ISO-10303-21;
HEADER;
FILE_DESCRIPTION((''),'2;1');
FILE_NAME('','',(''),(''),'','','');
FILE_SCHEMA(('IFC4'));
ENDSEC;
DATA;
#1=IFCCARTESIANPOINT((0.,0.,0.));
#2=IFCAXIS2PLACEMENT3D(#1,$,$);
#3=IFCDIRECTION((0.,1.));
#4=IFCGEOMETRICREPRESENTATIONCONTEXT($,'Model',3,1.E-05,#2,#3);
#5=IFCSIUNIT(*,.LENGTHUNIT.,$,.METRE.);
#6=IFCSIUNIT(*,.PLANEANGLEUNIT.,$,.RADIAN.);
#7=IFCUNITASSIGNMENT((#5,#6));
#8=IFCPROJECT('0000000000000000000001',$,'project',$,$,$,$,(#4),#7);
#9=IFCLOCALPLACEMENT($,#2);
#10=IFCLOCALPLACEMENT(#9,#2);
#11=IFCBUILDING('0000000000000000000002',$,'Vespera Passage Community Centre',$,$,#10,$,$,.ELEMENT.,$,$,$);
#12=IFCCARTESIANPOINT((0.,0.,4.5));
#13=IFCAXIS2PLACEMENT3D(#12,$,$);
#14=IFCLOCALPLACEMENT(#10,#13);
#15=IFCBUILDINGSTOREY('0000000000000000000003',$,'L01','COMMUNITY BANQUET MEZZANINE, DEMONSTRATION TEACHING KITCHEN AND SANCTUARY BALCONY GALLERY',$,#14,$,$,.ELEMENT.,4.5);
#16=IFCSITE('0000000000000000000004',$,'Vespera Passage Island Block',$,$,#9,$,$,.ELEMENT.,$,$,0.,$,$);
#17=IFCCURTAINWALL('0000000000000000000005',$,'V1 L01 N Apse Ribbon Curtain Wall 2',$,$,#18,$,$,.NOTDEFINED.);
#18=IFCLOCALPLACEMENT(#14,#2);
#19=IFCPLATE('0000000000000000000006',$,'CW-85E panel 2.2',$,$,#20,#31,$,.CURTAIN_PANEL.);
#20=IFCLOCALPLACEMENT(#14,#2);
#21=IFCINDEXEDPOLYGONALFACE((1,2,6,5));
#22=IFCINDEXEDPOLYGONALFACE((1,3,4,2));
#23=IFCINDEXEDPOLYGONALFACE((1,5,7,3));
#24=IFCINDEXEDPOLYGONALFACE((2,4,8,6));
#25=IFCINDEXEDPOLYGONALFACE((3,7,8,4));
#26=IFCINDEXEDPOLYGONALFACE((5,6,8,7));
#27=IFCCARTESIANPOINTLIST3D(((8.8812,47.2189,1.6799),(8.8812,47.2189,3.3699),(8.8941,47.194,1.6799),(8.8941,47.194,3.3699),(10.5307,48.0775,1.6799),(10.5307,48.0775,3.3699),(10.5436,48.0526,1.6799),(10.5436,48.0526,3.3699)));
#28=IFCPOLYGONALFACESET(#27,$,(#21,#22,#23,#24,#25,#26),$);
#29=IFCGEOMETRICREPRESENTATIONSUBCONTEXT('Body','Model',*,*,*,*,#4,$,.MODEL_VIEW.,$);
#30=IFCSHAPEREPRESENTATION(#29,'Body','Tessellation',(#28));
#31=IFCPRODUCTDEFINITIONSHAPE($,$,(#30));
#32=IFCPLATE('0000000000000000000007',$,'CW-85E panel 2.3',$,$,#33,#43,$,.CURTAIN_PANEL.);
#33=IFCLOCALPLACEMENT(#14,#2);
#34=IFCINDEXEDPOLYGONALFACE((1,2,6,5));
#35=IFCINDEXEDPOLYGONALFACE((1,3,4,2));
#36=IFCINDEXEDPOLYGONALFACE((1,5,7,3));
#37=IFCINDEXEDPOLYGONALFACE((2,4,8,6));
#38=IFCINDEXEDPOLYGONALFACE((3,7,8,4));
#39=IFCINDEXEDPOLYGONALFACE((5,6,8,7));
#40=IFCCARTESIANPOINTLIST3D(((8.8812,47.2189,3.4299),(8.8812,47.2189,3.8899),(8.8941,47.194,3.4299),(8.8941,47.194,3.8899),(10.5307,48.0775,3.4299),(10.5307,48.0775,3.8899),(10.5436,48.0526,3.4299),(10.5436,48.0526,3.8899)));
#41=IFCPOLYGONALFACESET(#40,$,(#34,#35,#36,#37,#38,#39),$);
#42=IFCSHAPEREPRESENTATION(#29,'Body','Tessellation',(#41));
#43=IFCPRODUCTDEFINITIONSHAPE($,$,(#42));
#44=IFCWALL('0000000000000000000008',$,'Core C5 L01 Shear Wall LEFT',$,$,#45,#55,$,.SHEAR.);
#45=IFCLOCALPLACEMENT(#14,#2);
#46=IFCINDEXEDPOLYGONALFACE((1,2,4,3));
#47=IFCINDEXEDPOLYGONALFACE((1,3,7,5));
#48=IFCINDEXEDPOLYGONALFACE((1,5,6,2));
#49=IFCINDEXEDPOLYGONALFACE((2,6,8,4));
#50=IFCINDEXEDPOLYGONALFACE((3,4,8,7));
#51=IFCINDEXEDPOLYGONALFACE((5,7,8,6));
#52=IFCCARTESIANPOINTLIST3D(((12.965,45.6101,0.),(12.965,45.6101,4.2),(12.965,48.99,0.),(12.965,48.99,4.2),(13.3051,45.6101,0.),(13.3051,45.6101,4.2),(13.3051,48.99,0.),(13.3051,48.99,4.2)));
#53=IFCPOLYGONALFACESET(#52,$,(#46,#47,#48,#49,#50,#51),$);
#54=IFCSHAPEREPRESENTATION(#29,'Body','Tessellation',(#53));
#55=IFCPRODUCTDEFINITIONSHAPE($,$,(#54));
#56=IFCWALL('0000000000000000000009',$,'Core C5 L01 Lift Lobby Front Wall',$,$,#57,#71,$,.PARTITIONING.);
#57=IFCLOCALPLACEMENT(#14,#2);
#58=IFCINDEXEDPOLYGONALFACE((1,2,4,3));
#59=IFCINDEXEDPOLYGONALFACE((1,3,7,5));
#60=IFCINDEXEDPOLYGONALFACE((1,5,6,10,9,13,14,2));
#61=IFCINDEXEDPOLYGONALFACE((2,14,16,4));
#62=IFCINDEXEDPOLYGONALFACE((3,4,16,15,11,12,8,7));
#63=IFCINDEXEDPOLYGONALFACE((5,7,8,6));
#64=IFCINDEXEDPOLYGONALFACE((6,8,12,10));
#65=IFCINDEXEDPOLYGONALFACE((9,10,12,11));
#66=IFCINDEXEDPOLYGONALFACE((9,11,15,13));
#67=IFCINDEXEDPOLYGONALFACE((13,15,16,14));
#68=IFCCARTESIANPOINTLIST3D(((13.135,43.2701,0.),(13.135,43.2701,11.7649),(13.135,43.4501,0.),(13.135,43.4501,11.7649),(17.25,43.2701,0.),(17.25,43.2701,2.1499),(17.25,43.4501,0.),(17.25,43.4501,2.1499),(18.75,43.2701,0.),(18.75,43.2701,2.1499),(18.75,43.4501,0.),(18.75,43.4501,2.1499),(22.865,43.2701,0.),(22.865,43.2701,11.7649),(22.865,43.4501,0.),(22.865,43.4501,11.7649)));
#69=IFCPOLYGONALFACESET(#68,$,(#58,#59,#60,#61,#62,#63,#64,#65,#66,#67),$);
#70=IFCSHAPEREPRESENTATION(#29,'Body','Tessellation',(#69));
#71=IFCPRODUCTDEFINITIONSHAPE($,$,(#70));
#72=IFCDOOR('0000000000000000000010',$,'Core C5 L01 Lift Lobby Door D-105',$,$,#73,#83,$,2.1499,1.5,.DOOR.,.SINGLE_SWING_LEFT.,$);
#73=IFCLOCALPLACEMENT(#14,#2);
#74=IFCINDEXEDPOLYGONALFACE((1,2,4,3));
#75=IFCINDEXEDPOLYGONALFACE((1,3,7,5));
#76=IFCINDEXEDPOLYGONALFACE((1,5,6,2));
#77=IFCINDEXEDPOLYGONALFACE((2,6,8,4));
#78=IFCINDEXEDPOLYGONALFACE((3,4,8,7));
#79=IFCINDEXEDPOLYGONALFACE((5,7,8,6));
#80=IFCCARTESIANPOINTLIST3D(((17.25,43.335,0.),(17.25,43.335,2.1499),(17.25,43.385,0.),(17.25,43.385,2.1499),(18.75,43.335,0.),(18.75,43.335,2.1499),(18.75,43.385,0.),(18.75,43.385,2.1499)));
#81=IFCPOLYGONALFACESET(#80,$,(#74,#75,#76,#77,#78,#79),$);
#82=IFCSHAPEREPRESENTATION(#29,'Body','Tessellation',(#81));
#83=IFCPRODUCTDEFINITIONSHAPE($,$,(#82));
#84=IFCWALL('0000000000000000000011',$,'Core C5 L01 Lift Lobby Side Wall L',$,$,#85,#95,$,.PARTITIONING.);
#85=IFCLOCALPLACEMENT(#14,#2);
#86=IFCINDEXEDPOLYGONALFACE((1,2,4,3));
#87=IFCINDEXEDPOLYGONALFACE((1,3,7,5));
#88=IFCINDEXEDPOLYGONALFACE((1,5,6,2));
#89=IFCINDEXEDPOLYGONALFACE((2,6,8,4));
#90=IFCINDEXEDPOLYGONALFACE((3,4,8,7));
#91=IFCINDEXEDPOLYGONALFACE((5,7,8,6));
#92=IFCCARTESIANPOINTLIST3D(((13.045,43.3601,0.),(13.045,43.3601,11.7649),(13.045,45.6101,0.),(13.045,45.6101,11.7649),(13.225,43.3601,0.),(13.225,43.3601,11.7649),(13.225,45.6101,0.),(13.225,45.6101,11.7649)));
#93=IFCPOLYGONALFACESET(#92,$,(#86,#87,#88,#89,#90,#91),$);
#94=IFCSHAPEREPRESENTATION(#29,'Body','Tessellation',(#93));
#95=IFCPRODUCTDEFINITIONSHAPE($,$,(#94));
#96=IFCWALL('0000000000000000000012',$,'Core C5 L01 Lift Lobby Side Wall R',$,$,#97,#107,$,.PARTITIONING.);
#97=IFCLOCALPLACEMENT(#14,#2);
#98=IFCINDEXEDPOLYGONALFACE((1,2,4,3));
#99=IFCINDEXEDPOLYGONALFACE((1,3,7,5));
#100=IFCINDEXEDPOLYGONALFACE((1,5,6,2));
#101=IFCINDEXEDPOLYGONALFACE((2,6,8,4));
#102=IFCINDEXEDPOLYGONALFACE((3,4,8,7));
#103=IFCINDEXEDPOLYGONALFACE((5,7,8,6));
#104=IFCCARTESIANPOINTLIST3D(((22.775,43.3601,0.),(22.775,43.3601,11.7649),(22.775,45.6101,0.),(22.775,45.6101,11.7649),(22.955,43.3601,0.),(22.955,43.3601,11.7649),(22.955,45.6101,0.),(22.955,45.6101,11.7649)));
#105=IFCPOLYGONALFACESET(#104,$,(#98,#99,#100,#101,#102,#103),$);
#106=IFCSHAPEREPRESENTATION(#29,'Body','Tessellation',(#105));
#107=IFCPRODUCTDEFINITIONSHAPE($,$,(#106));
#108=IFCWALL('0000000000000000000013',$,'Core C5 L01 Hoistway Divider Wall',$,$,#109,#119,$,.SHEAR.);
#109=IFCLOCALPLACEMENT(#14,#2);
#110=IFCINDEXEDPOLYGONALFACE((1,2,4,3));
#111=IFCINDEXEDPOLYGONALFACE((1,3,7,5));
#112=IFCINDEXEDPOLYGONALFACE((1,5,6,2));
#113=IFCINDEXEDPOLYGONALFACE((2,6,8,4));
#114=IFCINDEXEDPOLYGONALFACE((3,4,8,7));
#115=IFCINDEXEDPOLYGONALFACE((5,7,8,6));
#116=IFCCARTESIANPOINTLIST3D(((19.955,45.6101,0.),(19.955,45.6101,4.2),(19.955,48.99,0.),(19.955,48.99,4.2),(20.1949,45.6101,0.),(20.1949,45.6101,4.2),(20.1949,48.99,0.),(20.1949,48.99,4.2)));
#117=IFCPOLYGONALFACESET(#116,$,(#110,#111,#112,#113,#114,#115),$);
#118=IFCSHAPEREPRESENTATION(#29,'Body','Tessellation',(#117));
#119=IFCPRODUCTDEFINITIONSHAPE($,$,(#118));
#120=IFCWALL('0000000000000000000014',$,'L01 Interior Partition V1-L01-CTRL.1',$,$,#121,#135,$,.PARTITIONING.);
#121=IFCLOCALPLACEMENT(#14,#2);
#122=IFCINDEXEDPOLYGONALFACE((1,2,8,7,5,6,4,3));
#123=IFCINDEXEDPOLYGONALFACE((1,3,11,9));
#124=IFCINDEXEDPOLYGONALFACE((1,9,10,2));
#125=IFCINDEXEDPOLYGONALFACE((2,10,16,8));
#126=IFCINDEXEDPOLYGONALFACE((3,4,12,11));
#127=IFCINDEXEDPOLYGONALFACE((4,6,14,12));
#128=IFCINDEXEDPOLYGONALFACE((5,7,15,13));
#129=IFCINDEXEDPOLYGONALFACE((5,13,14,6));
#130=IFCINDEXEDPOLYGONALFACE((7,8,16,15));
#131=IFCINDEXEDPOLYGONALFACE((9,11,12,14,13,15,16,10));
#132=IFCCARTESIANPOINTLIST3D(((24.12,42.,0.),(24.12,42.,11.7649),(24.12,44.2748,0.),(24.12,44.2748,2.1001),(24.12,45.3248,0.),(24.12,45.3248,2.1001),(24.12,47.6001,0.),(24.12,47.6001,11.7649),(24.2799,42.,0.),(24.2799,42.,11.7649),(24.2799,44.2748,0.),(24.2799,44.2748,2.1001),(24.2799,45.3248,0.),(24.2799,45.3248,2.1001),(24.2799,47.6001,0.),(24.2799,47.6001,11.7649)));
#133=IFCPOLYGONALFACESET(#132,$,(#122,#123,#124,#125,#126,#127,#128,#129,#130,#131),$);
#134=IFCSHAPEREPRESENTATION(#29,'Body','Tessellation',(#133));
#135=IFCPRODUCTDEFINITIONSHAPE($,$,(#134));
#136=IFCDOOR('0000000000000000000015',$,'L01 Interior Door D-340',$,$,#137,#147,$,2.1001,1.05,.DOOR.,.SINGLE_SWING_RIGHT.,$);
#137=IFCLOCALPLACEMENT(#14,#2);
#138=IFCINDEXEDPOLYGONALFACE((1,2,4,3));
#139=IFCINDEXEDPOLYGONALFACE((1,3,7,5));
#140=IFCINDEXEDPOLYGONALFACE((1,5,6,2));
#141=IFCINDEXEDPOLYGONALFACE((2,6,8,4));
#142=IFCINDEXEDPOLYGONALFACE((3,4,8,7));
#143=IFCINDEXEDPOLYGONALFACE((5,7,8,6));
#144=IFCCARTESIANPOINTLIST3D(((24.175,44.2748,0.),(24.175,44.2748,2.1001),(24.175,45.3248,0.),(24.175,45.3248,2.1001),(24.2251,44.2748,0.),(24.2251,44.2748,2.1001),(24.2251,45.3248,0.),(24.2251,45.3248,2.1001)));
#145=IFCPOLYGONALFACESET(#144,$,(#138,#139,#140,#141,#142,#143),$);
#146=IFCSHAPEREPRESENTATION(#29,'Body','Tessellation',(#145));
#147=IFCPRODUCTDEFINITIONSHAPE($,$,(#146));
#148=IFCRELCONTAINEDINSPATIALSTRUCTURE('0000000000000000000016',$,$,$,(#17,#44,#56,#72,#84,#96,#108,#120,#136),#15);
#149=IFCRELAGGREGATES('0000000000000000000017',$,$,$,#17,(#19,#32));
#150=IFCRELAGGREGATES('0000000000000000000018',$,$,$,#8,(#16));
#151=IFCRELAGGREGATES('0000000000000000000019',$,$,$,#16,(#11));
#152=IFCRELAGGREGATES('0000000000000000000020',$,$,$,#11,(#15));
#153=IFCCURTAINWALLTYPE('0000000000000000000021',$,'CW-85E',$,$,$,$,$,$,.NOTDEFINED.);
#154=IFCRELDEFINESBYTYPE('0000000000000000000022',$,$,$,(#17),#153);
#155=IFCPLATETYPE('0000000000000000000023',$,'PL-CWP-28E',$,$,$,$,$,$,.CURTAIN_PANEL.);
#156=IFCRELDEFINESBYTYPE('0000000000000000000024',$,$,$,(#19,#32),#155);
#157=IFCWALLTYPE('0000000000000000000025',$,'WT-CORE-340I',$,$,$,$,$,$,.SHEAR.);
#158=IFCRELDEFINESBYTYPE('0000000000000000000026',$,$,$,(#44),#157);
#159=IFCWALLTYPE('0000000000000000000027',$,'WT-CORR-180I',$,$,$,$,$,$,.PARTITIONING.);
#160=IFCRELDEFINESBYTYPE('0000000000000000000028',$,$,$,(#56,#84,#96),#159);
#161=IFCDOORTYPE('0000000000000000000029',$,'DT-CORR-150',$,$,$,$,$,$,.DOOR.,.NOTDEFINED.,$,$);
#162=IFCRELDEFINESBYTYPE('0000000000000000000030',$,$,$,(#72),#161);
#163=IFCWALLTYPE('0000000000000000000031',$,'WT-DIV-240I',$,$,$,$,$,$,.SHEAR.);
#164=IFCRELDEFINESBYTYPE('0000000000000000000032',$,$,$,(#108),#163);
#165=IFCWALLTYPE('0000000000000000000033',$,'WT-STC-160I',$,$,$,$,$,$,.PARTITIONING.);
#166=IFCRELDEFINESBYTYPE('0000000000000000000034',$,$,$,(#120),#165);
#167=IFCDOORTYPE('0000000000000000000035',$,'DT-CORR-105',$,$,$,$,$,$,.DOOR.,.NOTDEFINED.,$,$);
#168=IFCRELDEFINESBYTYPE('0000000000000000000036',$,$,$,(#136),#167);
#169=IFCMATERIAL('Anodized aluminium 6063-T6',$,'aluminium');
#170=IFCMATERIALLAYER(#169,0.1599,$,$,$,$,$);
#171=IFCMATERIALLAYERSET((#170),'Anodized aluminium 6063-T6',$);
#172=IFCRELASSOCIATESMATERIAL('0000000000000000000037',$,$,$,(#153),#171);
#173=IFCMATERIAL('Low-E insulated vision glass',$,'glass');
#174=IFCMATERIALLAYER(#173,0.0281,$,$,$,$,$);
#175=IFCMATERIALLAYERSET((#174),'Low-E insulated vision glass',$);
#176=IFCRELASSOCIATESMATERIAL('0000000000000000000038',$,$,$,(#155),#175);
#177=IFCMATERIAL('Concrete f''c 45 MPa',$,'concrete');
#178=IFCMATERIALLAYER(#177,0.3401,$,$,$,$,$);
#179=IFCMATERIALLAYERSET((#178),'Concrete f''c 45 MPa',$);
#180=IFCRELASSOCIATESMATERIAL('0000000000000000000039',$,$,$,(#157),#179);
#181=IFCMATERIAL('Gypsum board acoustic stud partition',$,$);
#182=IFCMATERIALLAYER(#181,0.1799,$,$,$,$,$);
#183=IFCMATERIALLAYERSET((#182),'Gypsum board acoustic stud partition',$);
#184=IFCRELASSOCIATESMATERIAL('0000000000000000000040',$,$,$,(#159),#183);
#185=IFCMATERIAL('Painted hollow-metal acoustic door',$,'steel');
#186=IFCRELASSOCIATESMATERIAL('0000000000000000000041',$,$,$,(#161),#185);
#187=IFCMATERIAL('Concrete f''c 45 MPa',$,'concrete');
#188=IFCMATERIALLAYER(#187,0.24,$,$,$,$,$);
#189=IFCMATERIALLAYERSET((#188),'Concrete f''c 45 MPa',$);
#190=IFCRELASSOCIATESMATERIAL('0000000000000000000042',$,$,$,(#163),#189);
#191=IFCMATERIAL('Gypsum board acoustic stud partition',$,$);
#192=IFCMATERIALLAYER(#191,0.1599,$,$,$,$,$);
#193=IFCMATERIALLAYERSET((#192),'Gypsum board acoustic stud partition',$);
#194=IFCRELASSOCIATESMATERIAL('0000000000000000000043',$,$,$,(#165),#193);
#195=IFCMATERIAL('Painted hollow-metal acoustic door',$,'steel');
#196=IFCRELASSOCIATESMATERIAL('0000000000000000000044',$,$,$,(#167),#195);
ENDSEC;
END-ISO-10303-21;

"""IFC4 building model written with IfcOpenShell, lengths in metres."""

from ifc_helpers import new_model, si_unit, direction, frame, frame_2d, origin, origin_2d, place, context, subcontext, project, spatial, rectangle, extrude, material, layer, layer_set, type_object, element, fill, aggregate, save


model = new_model("IFC4")

# Units and contexts
model_context = context("Model", 3, precision=1e-05, world=origin(), true_north=direction((0.0, 1.0)))
body_context = subcontext(model_context, "Body", "Model", "MODEL_VIEW")
ifc_project = project(units=[si_unit("LENGTHUNIT", "METRE"), si_unit("PLANEANGLEUNIT", "RADIAN")], contexts=[model_context])

# Site, building, storey
site_placement = place(None, origin())
site = spatial("IfcSite", under=ifc_project, at=site_placement, Name="Vespera Passage Island Block", CompositionType="ELEMENT", RefElevation=0.0)
building_placement = place(site_placement, origin())
building = spatial("IfcBuilding", under=site, at=building_placement, Name="Vespera Passage Community Centre", CompositionType="ELEMENT")
storey_placement = place(building_placement, frame((0.0, 0.0, 4.5)))
storey = spatial("IfcBuildingStorey", under=building, at=storey_placement, Name="L01", Description="COMMUNITY BANQUET MEZZANINE, DEMONSTRATION TEACHING KITCHEN AND SANCTUARY BALCONY GALLERY", CompositionType="ELEMENT", Elevation=4.5)

# Curtain wall, plates
ifc_material_1 = material(Name="Anodized aluminium 6063-T6", Category="aluminium")
ifc_layer_1 = layer(ifc_material_1, 0.1599)
ifc_layer_set_1 = layer_set([ifc_layer_1], Name="Anodized aluminium 6063-T6")
curtain_wall_type = type_object("IfcCurtainWallType", Name="CW-85E", PredefinedType="NOTDEFINED", material=ifc_layer_set_1)
curtain_wall_placement = place(storey_placement, origin())
curtain_wall = element("IfcCurtainWall", 1, at=curtain_wall_placement, inside=storey, type_object=curtain_wall_type, Name="V1 L01 N Apse Ribbon Curtain Wall 2", PredefinedType="NOTDEFINED")
ifc_material_2 = material(Name="Low-E insulated vision glass", Category="glass")
ifc_layer_2 = layer(ifc_material_2, 0.0281)
ifc_layer_set_2 = layer_set([ifc_layer_2], Name="Low-E insulated vision glass")
plate_type = type_object("IfcPlateType", Name="PL-CWP-28E", PredefinedType="CURTAIN_PANEL", material=ifc_layer_set_2)
plate_1_placement = place(storey_placement, frame((9.7124, 47.6357, 1.6799), z_axis=(0.0, 0.0, 1.0), x_axis=(0.887013, 0.461745, 0.0)))
plate_1 = element("IfcPlate", 2, at=plate_1_placement, type_object=plate_type, Name="CW-85E panel 2.2", PredefinedType="CURTAIN_PANEL", context=body_context, shape_type="SweptSolid", body=[
    extrude(rectangle(XDim=1.8596, YDim=0.0281, at=origin_2d()), origin(), (0.0, 0.0, 1.0), 1.6899),
])
plate_2_placement = place(storey_placement, frame((9.7124, 47.6357, 3.4299), z_axis=(0.0, 0.0, 1.0), x_axis=(0.887013, 0.461745, 0.0)))
plate_2 = element("IfcPlate", 3, at=plate_2_placement, type_object=plate_type, Name="CW-85E panel 2.3", PredefinedType="CURTAIN_PANEL", context=body_context, shape_type="SweptSolid", body=[
    extrude(rectangle(XDim=1.8596, YDim=0.0281, at=origin_2d()), origin(), (0.0, 0.0, 1.0), 0.46),
])
aggregate(curtain_wall, [plate_1, plate_2])

# Shared definitions
ifc_material_3 = material(Name="Concrete f'c 45 MPa", Category="concrete")
ifc_layer_3 = layer(ifc_material_3, 0.3401)
ifc_layer_set_3 = layer_set([ifc_layer_3], Name="Concrete f'c 45 MPa")
wall_type_1 = type_object("IfcWallType", Name="WT-CORE-340I", PredefinedType="SHEAR", material=ifc_layer_set_3)

# Wall
wall_1_placement = place(storey_placement, frame((13.135, 45.6101, 0.0), z_axis=(0.0, 0.0, 1.0), x_axis=(0.0, 1.0, 0.0)))
element("IfcWall", 4, at=wall_1_placement, inside=storey, type_object=wall_type_1, Name="Core C5 L01 Shear Wall LEFT", PredefinedType="SHEAR", context=body_context, shape_type="SweptSolid", body=[
    extrude(rectangle(XDim=3.3799, YDim=0.3401, at=frame_2d((1.6899, 0.0))), origin(), (0.0, 0.0, 1.0), 4.2),
])

# Wall, opening, door
ifc_material_4 = material(Name="Gypsum board acoustic stud partition")
ifc_layer_4 = layer(ifc_material_4, 0.1799)
ifc_layer_set_4 = layer_set([ifc_layer_4], Name="Gypsum board acoustic stud partition")
wall_type_2 = type_object("IfcWallType", Name="WT-CORR-180I", PredefinedType="PARTITIONING", material=ifc_layer_set_4)
wall_2_placement = place(storey_placement, frame((13.135, 43.3601, 0.0), z_axis=(0.0, 0.0, 1.0), x_axis=(1.0, 0.0, 0.0)))
wall_2 = element("IfcWall", 5, at=wall_2_placement, inside=storey, type_object=wall_type_2, Name="Core C5 L01 Lift Lobby Front Wall", PredefinedType="PARTITIONING", context=body_context, shape_type="SweptSolid", body=[
    extrude(rectangle(XDim=9.73, YDim=0.1799, at=frame_2d((4.865, 0.0))), origin(), (0.0, 0.0, 1.0), 11.7649),
])
opening_1_placement = place(wall_2_placement, frame((4.115, 0.0, 0.0)))
opening_1 = element("IfcOpeningElement", 6, at=opening_1_placement, cuts=wall_2, PredefinedType="OPENING", context=body_context, shape_type="SweptSolid", body=[
    extrude(rectangle(XDim=1.5, YDim=2.1499, at=frame_2d((0.75, 1.075))), frame((0.0, 0.0999, 0.0), z_axis=(0.0, -1.0, 0.0), x_axis=(1.0, 0.0, 0.0)), (0.0, 0.0, 1.0), 0.2),
])
ifc_material_5 = material(Name="Painted hollow-metal acoustic door", Category="steel")
door_type_1 = type_object("IfcDoorType", Name="DT-CORR-150", OperationType="NOTDEFINED", PredefinedType="DOOR", material=ifc_material_5)
door_1_placement = place(opening_1_placement, origin())
door_1 = element("IfcDoor", 7, at=door_1_placement, inside=storey, type_object=door_type_1, Name="Core C5 L01 Lift Lobby Door D-105", OperationType="SINGLE_SWING_LEFT", OverallHeight=2.1499, OverallWidth=1.5, PredefinedType="DOOR", context=body_context, shape_type="SweptSolid", body=[
    extrude(rectangle(XDim=1.5, YDim=2.1499, at=frame_2d((0.75, 1.075))), frame((0.0, 0.0249, 0.0), z_axis=(0.0, -1.0, 0.0), x_axis=(1.0, 0.0, 0.0)), (0.0, 0.0, 1.0), 0.05),
])
fill(opening_1, door_1)

# Walls
for number, where, z_axis, x_axis, name in (
    (8, (13.135, 45.6101, 0.0), (0.0, 0.0, 1.0), (0.0, -1.0, 0.0), "Core C5 L01 Lift Lobby Side Wall L"),
    (9, (22.865, 45.6101, 0.0), (0.0, 0.0, 1.0), (0.0, -1.0, 0.0), "Core C5 L01 Lift Lobby Side Wall R"),
):
    element("IfcWall", number, at=place(storey_placement, frame(where, z_axis=z_axis, x_axis=x_axis)), inside=storey, type_object=wall_type_2, Name=name, PredefinedType="PARTITIONING", context=body_context, shape_type="SweptSolid", body=[
        extrude(rectangle(XDim=2.25, YDim=0.1799, at=frame_2d((1.125, 0.0))), origin(), (0.0, 0.0, 1.0), 11.7649),
    ])
ifc_material_6 = material(Name="Concrete f'c 45 MPa", Category="concrete")
ifc_layer_5 = layer(ifc_material_6, 0.24)
ifc_layer_set_5 = layer_set([ifc_layer_5], Name="Concrete f'c 45 MPa")
wall_type_3 = type_object("IfcWallType", Name="WT-DIV-240I", PredefinedType="SHEAR", material=ifc_layer_set_5)
wall_3_placement = place(storey_placement, frame((20.075, 45.6101, 0.0), z_axis=(0.0, 0.0, 1.0), x_axis=(0.0, 1.0, 0.0)))
element("IfcWall", 10, at=wall_3_placement, inside=storey, type_object=wall_type_3, Name="Core C5 L01 Hoistway Divider Wall", PredefinedType="SHEAR", context=body_context, shape_type="SweptSolid", body=[
    extrude(rectangle(XDim=3.3799, YDim=0.24, at=frame_2d((1.6899, 0.0))), origin(), (0.0, 0.0, 1.0), 4.2),
])

# Wall, opening, door
ifc_material_7 = material(Name="Gypsum board acoustic stud partition")
ifc_layer_6 = layer(ifc_material_7, 0.1599)
ifc_layer_set_6 = layer_set([ifc_layer_6], Name="Gypsum board acoustic stud partition")
wall_type_4 = type_object("IfcWallType", Name="WT-STC-160I", PredefinedType="PARTITIONING", material=ifc_layer_set_6)
wall_4_placement = place(storey_placement, frame((24.2, 42.0, 0.0), z_axis=(0.0, 0.0, 1.0), x_axis=(0.0, 1.0, 0.0)))
wall_4 = element("IfcWall", 11, at=wall_4_placement, inside=storey, type_object=wall_type_4, Name="L01 Interior Partition V1-L01-CTRL.1", PredefinedType="PARTITIONING", context=body_context, shape_type="SweptSolid", body=[
    extrude(rectangle(XDim=5.6001, YDim=0.1599, at=frame_2d((2.8, 0.0))), origin(), (0.0, 0.0, 1.0), 11.7649),
])
opening_2_placement = place(wall_4_placement, frame((2.2749, 0.0, 0.0)))
opening_2 = element("IfcOpeningElement", 12, at=opening_2_placement, cuts=wall_4, PredefinedType="OPENING", context=body_context, shape_type="SweptSolid", body=[
    extrude(rectangle(XDim=1.05, YDim=2.1001, at=frame_2d((0.5249, 1.05))), frame((0.0, 0.0901, 0.0), z_axis=(0.0, -1.0, 0.0), x_axis=(1.0, 0.0, 0.0)), (0.0, 0.0, 1.0), 0.1799),
])
ifc_material_8 = material(Name="Painted hollow-metal acoustic door", Category="steel")
door_type_2 = type_object("IfcDoorType", Name="DT-CORR-105", OperationType="NOTDEFINED", PredefinedType="DOOR", material=ifc_material_8)
door_2_placement = place(opening_2_placement, origin())
door_2 = element("IfcDoor", 13, at=door_2_placement, inside=storey, type_object=door_type_2, Name="L01 Interior Door D-340", OperationType="SINGLE_SWING_RIGHT", OverallHeight=2.1001, OverallWidth=1.05, PredefinedType="DOOR", context=body_context, shape_type="SweptSolid", body=[
    extrude(rectangle(XDim=1.05, YDim=2.1001, at=frame_2d((0.5249, 1.05))), frame((0.0, 0.0249, 0.0), z_axis=(0.0, -1.0, 0.0), x_axis=(1.0, 0.0, 0.0)), (0.0, 0.0, 1.0), 0.05),
])
fill(opening_2, door_2)

save(model, "model.ifc")
